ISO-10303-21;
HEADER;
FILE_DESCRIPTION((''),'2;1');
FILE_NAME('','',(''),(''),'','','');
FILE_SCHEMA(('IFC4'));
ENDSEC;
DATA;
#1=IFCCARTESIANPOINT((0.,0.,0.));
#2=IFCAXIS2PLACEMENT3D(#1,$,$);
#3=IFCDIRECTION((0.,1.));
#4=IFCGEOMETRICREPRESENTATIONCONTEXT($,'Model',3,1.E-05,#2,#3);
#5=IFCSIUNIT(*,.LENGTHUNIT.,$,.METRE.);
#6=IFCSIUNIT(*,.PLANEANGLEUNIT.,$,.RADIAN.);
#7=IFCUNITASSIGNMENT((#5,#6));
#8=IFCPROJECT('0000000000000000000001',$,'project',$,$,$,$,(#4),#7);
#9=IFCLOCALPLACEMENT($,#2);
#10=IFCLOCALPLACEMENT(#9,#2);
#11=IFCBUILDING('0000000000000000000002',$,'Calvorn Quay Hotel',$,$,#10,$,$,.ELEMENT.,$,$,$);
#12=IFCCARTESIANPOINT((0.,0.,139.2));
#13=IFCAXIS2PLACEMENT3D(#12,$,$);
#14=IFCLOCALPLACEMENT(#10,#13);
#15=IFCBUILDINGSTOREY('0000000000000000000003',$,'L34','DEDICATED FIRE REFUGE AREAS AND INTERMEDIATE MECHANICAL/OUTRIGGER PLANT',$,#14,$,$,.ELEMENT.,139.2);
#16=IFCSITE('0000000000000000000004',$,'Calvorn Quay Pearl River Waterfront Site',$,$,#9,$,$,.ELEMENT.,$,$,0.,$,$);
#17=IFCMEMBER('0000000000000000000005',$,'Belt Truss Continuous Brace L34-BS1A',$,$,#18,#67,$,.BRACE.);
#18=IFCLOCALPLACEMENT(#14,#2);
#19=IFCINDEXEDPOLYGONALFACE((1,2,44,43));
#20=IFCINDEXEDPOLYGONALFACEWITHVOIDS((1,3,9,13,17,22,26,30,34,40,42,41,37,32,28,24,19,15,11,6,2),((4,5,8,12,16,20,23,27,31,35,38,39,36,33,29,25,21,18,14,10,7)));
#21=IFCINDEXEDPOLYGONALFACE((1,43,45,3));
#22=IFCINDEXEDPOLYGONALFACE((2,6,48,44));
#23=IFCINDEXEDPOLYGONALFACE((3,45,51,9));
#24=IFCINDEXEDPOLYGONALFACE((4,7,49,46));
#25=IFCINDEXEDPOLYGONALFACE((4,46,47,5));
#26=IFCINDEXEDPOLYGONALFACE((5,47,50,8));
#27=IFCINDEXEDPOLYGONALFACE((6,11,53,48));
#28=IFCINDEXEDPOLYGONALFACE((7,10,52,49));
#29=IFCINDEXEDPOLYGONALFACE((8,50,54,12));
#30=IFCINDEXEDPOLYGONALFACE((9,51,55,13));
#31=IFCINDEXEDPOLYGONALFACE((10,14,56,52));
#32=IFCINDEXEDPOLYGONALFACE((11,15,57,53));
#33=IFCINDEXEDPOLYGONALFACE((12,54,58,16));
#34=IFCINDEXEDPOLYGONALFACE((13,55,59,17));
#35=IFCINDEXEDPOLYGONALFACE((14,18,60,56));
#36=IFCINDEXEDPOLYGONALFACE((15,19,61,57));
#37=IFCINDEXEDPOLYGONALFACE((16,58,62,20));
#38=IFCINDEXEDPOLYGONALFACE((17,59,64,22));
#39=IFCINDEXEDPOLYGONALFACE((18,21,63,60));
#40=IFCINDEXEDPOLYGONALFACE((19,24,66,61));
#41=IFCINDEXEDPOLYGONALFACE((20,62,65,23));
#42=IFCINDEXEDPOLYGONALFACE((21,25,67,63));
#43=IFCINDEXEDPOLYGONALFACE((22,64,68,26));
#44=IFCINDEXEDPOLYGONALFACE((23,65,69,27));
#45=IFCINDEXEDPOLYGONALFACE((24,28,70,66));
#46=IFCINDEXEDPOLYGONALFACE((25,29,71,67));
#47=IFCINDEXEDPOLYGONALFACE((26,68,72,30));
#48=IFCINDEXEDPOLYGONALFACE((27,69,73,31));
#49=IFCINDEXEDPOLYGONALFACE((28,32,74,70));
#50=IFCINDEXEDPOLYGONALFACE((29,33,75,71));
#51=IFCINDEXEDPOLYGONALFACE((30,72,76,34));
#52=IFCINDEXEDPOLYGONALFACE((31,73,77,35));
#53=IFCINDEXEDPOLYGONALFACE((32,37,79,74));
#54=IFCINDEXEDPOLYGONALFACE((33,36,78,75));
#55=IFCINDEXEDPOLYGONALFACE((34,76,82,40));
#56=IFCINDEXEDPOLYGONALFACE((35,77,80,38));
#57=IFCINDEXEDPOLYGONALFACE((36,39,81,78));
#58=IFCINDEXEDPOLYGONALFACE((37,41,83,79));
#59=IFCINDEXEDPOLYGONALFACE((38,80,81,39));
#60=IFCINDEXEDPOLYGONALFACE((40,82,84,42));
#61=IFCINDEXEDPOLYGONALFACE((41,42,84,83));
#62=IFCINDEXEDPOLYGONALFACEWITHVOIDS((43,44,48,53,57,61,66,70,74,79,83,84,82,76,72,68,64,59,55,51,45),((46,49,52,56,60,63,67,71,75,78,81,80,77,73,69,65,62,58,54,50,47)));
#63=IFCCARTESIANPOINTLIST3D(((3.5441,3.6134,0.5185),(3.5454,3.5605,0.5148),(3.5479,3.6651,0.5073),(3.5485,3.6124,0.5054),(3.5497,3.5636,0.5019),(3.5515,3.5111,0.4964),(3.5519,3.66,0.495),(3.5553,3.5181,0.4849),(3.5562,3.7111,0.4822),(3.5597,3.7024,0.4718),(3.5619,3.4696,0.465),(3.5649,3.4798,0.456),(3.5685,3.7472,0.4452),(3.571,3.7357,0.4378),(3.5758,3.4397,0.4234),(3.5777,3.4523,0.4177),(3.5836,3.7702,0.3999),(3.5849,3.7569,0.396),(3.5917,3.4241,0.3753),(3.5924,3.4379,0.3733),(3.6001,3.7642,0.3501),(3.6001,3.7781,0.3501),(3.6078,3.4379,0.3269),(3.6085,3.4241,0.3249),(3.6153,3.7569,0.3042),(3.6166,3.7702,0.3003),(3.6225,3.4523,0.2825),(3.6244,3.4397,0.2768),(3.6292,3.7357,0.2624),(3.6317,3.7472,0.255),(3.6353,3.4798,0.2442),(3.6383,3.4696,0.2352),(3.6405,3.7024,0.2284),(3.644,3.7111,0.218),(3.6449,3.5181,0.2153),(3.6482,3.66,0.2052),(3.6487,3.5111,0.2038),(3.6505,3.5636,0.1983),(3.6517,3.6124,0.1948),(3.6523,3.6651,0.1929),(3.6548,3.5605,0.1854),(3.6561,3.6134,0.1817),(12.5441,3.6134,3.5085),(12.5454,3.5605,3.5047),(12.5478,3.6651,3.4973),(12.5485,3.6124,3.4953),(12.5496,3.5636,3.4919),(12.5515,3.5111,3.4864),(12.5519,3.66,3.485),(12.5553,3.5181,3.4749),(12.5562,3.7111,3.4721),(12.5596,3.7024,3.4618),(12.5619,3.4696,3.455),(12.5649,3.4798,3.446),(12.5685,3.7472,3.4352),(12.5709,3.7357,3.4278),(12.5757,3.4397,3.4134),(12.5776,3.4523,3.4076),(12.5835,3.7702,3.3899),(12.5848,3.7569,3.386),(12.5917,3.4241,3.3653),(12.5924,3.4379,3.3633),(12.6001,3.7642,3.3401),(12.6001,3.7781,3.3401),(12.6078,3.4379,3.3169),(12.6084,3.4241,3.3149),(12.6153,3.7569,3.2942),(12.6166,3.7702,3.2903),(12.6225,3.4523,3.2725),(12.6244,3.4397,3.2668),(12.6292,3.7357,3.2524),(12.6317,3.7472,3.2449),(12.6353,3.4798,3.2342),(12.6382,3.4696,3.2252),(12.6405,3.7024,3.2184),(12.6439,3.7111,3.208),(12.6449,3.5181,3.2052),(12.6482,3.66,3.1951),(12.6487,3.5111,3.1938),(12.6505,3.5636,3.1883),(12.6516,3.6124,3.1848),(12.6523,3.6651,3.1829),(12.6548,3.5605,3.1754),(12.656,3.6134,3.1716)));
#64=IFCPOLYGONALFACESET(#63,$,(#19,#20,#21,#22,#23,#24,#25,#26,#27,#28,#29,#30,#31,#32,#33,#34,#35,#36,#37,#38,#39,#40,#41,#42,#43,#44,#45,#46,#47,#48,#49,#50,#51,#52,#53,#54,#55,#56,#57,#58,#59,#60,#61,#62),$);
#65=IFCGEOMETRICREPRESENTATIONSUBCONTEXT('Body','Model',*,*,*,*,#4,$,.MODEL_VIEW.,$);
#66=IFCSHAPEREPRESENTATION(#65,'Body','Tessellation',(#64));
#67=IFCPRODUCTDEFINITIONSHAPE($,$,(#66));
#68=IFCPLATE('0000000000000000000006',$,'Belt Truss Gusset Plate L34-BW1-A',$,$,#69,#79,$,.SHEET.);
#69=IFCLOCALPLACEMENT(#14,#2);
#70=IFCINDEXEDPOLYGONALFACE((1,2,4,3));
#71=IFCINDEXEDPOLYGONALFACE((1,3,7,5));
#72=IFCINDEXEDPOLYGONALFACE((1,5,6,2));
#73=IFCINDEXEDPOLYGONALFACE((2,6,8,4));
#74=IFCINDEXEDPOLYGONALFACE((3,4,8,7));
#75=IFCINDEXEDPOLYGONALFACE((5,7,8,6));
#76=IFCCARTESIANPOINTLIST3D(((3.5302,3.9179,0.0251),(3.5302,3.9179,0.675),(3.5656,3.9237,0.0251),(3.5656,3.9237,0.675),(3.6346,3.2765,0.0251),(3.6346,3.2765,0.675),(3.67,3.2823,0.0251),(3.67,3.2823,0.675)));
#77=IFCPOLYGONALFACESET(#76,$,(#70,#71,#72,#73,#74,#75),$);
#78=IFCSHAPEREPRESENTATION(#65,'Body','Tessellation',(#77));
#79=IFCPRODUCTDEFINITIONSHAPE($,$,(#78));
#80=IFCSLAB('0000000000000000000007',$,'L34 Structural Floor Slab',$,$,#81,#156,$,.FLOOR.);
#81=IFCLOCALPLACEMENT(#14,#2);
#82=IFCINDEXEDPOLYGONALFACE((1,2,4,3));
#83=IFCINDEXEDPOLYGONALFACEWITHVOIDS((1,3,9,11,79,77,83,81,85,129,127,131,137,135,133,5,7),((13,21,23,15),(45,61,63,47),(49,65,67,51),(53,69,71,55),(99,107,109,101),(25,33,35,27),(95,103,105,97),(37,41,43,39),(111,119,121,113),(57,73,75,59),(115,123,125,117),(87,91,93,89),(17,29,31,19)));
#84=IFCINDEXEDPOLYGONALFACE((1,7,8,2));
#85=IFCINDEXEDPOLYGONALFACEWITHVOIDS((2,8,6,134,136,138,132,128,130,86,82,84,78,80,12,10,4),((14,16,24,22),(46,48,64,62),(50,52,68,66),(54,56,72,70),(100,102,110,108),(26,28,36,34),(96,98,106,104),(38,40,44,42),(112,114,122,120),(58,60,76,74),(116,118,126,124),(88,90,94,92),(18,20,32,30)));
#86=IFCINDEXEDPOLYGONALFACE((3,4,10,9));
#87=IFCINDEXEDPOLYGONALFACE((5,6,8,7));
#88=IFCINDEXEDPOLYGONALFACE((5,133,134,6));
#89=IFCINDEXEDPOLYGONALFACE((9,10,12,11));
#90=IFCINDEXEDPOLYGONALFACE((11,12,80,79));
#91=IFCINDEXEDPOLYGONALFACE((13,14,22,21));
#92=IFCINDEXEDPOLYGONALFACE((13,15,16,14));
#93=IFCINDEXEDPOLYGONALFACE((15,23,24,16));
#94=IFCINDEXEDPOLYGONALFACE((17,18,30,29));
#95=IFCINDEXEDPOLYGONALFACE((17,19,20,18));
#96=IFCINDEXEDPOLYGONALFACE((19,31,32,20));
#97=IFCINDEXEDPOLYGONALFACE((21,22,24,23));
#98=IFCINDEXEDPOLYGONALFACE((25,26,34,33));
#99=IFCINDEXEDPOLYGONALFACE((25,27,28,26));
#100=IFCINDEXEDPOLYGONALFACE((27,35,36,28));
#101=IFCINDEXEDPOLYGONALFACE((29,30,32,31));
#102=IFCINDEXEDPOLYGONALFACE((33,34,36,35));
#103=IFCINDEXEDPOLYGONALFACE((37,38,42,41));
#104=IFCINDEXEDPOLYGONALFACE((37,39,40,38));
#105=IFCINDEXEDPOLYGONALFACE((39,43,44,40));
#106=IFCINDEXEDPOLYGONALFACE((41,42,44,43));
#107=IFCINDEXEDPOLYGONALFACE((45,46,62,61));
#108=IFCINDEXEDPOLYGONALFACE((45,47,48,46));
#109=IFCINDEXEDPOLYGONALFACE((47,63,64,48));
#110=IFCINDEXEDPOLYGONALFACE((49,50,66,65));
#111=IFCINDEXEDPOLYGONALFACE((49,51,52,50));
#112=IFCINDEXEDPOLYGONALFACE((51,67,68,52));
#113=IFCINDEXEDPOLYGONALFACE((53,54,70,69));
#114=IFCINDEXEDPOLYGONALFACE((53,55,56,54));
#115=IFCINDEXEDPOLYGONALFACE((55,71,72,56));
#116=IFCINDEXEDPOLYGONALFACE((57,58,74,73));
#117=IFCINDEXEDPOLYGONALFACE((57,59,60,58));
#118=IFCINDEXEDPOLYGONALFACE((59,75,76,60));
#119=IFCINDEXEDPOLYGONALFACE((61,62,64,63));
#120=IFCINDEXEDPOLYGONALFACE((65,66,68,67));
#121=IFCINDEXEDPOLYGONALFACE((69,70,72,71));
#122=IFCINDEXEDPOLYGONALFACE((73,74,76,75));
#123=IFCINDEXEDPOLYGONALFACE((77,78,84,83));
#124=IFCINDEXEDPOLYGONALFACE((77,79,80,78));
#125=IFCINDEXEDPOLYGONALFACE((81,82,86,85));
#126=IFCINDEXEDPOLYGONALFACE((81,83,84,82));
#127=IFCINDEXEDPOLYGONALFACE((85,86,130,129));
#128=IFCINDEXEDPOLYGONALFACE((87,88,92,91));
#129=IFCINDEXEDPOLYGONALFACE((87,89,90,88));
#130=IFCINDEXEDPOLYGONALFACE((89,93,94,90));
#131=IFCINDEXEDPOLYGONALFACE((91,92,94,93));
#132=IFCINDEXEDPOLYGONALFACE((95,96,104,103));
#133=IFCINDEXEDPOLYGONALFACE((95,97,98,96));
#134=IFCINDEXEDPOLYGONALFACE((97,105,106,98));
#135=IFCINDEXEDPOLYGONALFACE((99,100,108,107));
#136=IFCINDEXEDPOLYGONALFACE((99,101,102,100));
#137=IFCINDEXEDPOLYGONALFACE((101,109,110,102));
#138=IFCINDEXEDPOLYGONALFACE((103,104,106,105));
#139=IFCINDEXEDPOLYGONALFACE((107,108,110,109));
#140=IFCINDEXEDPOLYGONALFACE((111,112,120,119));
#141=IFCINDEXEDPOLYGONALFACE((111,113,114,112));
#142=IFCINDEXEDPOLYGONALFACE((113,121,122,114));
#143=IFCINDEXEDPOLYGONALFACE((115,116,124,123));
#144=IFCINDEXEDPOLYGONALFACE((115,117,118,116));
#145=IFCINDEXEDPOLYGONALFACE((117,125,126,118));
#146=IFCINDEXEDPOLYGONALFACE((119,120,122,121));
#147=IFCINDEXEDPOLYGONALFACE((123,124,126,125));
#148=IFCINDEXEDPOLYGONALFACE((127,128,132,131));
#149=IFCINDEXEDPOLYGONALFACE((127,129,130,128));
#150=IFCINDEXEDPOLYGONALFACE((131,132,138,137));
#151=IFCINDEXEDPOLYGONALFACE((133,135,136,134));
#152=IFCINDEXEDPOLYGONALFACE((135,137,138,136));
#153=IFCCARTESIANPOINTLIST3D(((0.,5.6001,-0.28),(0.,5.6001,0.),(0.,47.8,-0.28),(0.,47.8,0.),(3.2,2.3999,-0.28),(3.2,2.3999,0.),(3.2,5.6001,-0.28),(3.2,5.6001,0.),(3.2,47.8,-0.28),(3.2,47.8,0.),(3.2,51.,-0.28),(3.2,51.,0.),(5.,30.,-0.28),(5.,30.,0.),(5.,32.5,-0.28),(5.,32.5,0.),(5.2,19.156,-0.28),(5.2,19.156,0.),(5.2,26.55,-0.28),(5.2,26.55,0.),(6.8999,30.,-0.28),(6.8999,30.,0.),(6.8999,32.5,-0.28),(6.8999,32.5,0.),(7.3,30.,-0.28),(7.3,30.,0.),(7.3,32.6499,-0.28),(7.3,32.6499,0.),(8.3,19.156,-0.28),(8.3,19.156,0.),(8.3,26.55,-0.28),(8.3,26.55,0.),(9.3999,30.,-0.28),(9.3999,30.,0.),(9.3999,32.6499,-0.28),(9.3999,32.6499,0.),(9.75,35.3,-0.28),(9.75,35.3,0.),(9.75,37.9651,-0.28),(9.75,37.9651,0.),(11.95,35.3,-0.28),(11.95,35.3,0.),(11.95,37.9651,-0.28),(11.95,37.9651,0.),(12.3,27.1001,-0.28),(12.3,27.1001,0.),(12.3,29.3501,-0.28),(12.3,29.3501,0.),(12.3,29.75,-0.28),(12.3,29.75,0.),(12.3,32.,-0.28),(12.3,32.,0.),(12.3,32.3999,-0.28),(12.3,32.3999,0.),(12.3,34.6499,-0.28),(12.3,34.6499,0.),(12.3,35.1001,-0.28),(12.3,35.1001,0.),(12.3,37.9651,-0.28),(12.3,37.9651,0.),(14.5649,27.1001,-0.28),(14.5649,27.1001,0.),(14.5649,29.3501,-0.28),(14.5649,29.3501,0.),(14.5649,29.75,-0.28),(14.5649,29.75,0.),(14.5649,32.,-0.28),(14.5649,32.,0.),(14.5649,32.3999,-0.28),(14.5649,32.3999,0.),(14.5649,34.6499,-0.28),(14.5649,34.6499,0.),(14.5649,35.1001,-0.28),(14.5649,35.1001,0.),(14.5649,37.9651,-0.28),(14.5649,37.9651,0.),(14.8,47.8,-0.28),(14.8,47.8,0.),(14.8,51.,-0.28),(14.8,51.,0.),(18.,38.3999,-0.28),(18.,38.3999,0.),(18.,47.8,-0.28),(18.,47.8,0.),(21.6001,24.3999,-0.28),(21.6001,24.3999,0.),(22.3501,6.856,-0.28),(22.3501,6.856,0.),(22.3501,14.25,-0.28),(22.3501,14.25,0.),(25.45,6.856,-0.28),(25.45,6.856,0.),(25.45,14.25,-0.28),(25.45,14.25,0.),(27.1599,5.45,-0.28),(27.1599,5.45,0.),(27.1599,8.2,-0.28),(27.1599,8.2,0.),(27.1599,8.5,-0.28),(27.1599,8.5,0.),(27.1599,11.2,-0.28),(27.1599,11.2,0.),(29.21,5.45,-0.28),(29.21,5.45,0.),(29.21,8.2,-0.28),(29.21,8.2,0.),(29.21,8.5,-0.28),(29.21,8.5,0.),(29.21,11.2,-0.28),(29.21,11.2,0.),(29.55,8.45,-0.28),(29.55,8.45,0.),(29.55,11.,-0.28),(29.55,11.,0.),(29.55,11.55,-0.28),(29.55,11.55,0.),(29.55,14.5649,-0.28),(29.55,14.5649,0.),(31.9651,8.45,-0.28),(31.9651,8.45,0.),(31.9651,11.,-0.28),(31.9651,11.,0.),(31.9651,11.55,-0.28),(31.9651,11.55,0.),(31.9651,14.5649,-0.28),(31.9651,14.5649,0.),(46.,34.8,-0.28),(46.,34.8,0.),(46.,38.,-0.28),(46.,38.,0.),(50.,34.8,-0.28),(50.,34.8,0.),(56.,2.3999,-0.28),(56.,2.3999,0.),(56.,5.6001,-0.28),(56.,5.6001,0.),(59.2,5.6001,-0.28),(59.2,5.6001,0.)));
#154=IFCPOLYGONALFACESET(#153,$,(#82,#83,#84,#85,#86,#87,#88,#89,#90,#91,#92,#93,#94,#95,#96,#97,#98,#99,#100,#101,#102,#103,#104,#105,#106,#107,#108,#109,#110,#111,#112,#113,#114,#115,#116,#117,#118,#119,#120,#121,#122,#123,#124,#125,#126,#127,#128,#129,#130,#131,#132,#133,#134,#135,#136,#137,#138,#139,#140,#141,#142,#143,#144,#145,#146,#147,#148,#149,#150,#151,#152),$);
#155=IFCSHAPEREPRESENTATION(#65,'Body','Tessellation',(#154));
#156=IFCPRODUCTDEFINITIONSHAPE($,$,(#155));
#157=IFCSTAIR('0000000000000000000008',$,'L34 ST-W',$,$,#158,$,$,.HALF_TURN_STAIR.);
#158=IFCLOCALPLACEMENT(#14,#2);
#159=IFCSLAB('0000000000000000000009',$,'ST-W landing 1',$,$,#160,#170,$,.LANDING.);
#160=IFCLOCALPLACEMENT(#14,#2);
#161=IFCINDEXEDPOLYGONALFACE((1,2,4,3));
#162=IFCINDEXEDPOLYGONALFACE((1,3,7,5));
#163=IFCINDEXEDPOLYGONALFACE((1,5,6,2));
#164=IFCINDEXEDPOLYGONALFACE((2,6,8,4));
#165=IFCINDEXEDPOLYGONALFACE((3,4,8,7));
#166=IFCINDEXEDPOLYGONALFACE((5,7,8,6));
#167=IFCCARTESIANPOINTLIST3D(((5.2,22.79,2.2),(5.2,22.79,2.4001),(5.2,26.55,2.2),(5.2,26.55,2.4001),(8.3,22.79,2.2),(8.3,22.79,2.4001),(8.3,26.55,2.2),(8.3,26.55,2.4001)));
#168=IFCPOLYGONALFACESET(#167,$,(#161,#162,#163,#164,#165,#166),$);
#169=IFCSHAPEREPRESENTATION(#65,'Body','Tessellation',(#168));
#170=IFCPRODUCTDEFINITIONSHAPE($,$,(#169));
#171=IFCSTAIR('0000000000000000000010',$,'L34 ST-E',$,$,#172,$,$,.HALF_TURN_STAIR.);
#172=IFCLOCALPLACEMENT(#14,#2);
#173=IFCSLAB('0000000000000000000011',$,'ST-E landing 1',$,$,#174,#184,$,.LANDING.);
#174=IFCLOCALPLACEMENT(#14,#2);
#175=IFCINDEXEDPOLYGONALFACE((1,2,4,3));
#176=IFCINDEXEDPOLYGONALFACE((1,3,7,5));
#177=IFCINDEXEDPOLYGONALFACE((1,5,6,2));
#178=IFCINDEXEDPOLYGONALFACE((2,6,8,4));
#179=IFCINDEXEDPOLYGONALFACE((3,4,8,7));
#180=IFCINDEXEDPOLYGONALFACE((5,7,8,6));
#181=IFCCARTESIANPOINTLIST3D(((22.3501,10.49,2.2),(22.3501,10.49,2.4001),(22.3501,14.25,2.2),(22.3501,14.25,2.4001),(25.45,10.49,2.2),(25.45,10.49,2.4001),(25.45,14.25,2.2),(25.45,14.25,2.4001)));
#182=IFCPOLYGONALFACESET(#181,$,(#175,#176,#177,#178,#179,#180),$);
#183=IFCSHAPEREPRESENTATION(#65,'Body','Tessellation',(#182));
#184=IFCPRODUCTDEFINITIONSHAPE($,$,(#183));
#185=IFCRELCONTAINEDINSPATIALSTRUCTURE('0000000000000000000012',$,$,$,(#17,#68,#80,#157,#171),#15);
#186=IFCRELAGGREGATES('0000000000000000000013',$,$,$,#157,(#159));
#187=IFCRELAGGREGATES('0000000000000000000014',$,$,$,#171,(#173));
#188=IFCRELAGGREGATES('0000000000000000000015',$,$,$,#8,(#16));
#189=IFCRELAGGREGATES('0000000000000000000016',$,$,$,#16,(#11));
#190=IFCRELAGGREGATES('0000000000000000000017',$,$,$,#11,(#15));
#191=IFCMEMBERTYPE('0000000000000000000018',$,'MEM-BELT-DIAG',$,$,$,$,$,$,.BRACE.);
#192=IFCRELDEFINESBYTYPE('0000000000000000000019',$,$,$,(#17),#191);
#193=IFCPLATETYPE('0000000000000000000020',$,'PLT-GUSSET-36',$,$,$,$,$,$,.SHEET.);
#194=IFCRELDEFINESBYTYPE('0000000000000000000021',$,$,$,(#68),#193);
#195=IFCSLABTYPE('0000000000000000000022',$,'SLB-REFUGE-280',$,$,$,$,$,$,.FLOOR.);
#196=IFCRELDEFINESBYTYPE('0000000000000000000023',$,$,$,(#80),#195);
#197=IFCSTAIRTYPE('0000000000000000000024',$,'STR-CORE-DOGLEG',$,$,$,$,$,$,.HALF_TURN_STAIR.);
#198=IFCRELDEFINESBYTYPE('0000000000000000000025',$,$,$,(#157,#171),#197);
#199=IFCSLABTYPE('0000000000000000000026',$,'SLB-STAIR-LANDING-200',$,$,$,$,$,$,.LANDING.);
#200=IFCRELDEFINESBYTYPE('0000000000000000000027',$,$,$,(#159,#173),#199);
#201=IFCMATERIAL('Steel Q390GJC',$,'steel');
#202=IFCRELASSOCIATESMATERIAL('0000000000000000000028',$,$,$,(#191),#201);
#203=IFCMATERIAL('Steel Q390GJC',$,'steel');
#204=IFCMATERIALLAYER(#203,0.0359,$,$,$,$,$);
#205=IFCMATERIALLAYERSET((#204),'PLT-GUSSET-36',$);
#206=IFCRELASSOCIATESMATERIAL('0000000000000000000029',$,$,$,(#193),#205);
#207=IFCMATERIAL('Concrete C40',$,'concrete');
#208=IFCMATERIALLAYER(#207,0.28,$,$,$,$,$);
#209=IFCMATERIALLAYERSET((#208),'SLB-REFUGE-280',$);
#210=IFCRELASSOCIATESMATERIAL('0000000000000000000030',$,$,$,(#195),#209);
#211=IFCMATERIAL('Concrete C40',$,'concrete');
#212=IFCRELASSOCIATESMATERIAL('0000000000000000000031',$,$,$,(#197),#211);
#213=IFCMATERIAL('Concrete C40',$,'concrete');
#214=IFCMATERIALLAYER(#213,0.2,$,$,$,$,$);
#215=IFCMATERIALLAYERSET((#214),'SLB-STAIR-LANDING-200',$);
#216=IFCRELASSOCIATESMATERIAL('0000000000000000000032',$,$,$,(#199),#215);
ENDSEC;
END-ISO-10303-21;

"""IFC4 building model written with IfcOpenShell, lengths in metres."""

from ifc_helpers import new_model, si_unit, direction, frame, origin, origin_2d, place, context, subcontext, project, spatial, polyline, rectangle, hollow_circle, outline, extrude, material, layer, layer_set, material_profile, profile_set, type_object, element, aggregate, save


model = new_model("IFC4")

# Units and contexts
model_context = context("Model", 3, precision=1e-05, world=origin(), true_north=direction((0.0, 1.0)))
body_context = subcontext(model_context, "Body", "Model", "MODEL_VIEW")
ifc_project = project(units=[si_unit("LENGTHUNIT", "METRE"), si_unit("PLANEANGLEUNIT", "RADIAN")], contexts=[model_context])

# Site, building, storey
site_placement = place(None, origin())
site = spatial("IfcSite", under=ifc_project, at=site_placement, Name="Calvorn Quay Pearl River Waterfront Site", CompositionType="ELEMENT", RefElevation=0.0)
building_placement = place(site_placement, origin())
building = spatial("IfcBuilding", under=site, at=building_placement, Name="Calvorn Quay Hotel", CompositionType="ELEMENT")
storey_placement = place(building_placement, frame((0.0, 0.0, 139.2)))
storey = spatial("IfcBuildingStorey", under=building, at=storey_placement, Name="L34", Description="DEDICATED FIRE REFUGE AREAS AND INTERMEDIATE MECHANICAL/OUTRIGGER PLANT", CompositionType="ELEMENT", Elevation=139.2)

# Member
ifc_material_1 = material(Name="Steel Q390GJC", Category="steel")
ifc_material_profile_1 = material_profile(ifc_material_1, hollow_circle(Radius=0.178, WallThickness=0.0139, at=origin_2d()), Name="CHS356x14")
ifc_profile_set_1 = profile_set([ifc_material_profile_1], Name="Steel Q390GJC")
member_type_1 = type_object("IfcMemberType", Name="MEM-BELT-DIAG", PredefinedType="BRACE", material=ifc_profile_set_1)
member_1_placement = place(storey_placement, frame((3.6001, 3.6001, 0.3501), z_axis=(0.948999, 0.0, 0.315278), x_axis=(0.0, 1.0, 0.0)))
element("IfcMember", 1, at=member_1_placement, inside=storey, type_object=member_type_1, Name="Belt Truss Continuous Brace L34-BS1A", PredefinedType="BRACE", context=body_context, shape_type="SweptSolid", body=[
    extrude(hollow_circle(Radius=0.178, WallThickness=0.0139, at=origin_2d()), origin(), (0.0, 0.0, 1.0), 9.4836),
])

# Plate
ifc_material_2 = material(Name="Steel Q390GJC", Category="steel")
ifc_layer_1 = layer(ifc_material_2, 0.0359)
ifc_layer_set_1 = layer_set([ifc_layer_1], Name="PLT-GUSSET-36")
plate_type = type_object("IfcPlateType", Name="PLT-GUSSET-36", PredefinedType="SHEET", material=ifc_layer_set_1)
plate_placement = place(storey_placement, frame((3.6001, 3.6001, 0.0251), z_axis=(0.0, 0.0, 1.0), x_axis=(-0.160743, 0.986996, 0.0)))
element("IfcPlate", 2, at=plate_placement, inside=storey, type_object=plate_type, Name="Belt Truss Gusset Plate L34-BW1-A", PredefinedType="SHEET", context=body_context, shape_type="SweptSolid", body=[
    extrude(rectangle(XDim=0.6499, YDim=0.0359, at=origin_2d()), origin(), (0.0, 0.0, 1.0), 0.6499),
])

# Slab
ifc_material_3 = material(Name="Concrete C40", Category="concrete")
ifc_layer_2 = layer(ifc_material_3, 0.28)
ifc_layer_set_2 = layer_set([ifc_layer_2], Name="SLB-REFUGE-280")
slab_type_1 = type_object("IfcSlabType", Name="SLB-REFUGE-280", PredefinedType="FLOOR", material=ifc_layer_set_2)
slab_1_placement = place(storey_placement, frame((0.0, 0.0, -0.28)))
element("IfcSlab", 3, at=slab_1_placement, inside=storey, type_object=slab_type_1, Name="L34 Structural Floor Slab", PredefinedType="FLOOR", context=body_context, shape_type="SweptSolid", body=[
    extrude(outline(polyline([(0.0, 5.6001), (3.2, 5.6001), (3.2, 2.3999), (56.0, 2.3999), (56.0, 5.6001), (59.2, 5.6001), (50.0, 34.8), (46.0, 34.8), (46.0, 38.0), (21.6001, 24.3999), (18.0, 38.3999), (18.0, 47.8), (14.8, 47.8), (14.8, 51.0), (3.2, 51.0), (3.2, 47.8), (0.0, 47.8), (0.0, 5.6001)]), holes=[polyline([(5.2, 19.156), (8.3, 19.156), (8.3, 26.55), (5.2, 26.55), (5.2, 19.156)]), polyline([(22.3501, 6.856), (25.45, 6.856), (25.45, 14.25), (22.3501, 14.25), (22.3501, 6.856)]), polyline([(5.0, 30.0), (6.8999, 30.0), (6.8999, 32.5), (5.0, 32.5), (5.0, 30.0)]), polyline([(7.3, 30.0), (9.3999, 30.0), (9.3999, 32.6499), (7.3, 32.6499), (7.3, 30.0)]), polyline([(27.1599, 8.5), (29.21, 8.5), (29.21, 11.2), (27.1599, 11.2), (27.1599, 8.5)]), polyline([(27.1599, 5.45), (29.21, 5.45), (29.21, 8.2), (27.1599, 8.2), (27.1599, 5.45)]), polyline([(12.3, 27.1001), (14.5649, 27.1001), (14.5649, 29.3501), (12.3, 29.3501), (12.3, 27.1001)]), polyline([(12.3, 29.75), (14.5649, 29.75), (14.5649, 32.0), (12.3, 32.0), (12.3, 29.75)]), polyline([(12.3, 32.3999), (14.5649, 32.3999), (14.5649, 34.6499), (12.3, 34.6499), (12.3, 32.3999)]), polyline([(12.3, 35.1001), (14.5649, 35.1001), (14.5649, 37.9651), (12.3, 37.9651), (12.3, 35.1001)]), polyline([(9.75, 35.3), (11.95, 35.3), (11.95, 37.9651), (9.75, 37.9651), (9.75, 35.3)]), polyline([(29.55, 11.55), (31.9651, 11.55), (31.9651, 14.5649), (29.55, 14.5649), (29.55, 11.55)]), polyline([(29.55, 8.45), (31.9651, 8.45), (31.9651, 11.0), (29.55, 11.0), (29.55, 8.45)])]), origin(), (0.0, 0.0, 1.0), 0.28),
])

# Stairs, slabs
ifc_material_4 = material(Name="Concrete C40", Category="concrete")
stair_type = type_object("IfcStairType", Name="STR-CORE-DOGLEG", PredefinedType="HALF_TURN_STAIR", material=ifc_material_4)
stair_1_placement = place(storey_placement, origin())
stair_1 = element("IfcStair", 4, at=stair_1_placement, inside=storey, type_object=stair_type, Name="L34 ST-W", PredefinedType="HALF_TURN_STAIR")
ifc_material_5 = material(Name="Concrete C40", Category="concrete")
ifc_layer_3 = layer(ifc_material_5, 0.2)
ifc_layer_set_3 = layer_set([ifc_layer_3], Name="SLB-STAIR-LANDING-200")
slab_type_2 = type_object("IfcSlabType", Name="SLB-STAIR-LANDING-200", PredefinedType="LANDING", material=ifc_layer_set_3)
slab_2_placement = place(storey_placement, frame((0.0, 0.0, 2.2)))
slab_2 = element("IfcSlab", 5, at=slab_2_placement, type_object=slab_type_2, Name="ST-W landing 1", PredefinedType="LANDING", context=body_context, shape_type="SweptSolid", body=[
    extrude(outline(polyline([(8.3, 22.79), (8.3, 26.55), (5.2, 26.55), (5.2, 22.79), (8.3, 22.79)])), origin(), (0.0, 0.0, 1.0), 0.2002),
])
aggregate(stair_1, [slab_2])
stair_2_placement = place(storey_placement, origin())
stair_2 = element("IfcStair", 6, at=stair_2_placement, inside=storey, type_object=stair_type, Name="L34 ST-E", PredefinedType="HALF_TURN_STAIR")
slab_3_placement = place(storey_placement, frame((0.0, 0.0, 2.2)))
slab_3 = element("IfcSlab", 7, at=slab_3_placement, type_object=slab_type_2, Name="ST-E landing 1", PredefinedType="LANDING", context=body_context, shape_type="SweptSolid", body=[
    extrude(outline(polyline([(25.45, 10.49), (25.45, 14.25), (22.3501, 14.25), (22.3501, 10.49), (25.45, 10.49)])), origin(), (0.0, 0.0, 1.0), 0.2002),
])
aggregate(stair_2, [slab_3])

save(model, "model.ifc")
